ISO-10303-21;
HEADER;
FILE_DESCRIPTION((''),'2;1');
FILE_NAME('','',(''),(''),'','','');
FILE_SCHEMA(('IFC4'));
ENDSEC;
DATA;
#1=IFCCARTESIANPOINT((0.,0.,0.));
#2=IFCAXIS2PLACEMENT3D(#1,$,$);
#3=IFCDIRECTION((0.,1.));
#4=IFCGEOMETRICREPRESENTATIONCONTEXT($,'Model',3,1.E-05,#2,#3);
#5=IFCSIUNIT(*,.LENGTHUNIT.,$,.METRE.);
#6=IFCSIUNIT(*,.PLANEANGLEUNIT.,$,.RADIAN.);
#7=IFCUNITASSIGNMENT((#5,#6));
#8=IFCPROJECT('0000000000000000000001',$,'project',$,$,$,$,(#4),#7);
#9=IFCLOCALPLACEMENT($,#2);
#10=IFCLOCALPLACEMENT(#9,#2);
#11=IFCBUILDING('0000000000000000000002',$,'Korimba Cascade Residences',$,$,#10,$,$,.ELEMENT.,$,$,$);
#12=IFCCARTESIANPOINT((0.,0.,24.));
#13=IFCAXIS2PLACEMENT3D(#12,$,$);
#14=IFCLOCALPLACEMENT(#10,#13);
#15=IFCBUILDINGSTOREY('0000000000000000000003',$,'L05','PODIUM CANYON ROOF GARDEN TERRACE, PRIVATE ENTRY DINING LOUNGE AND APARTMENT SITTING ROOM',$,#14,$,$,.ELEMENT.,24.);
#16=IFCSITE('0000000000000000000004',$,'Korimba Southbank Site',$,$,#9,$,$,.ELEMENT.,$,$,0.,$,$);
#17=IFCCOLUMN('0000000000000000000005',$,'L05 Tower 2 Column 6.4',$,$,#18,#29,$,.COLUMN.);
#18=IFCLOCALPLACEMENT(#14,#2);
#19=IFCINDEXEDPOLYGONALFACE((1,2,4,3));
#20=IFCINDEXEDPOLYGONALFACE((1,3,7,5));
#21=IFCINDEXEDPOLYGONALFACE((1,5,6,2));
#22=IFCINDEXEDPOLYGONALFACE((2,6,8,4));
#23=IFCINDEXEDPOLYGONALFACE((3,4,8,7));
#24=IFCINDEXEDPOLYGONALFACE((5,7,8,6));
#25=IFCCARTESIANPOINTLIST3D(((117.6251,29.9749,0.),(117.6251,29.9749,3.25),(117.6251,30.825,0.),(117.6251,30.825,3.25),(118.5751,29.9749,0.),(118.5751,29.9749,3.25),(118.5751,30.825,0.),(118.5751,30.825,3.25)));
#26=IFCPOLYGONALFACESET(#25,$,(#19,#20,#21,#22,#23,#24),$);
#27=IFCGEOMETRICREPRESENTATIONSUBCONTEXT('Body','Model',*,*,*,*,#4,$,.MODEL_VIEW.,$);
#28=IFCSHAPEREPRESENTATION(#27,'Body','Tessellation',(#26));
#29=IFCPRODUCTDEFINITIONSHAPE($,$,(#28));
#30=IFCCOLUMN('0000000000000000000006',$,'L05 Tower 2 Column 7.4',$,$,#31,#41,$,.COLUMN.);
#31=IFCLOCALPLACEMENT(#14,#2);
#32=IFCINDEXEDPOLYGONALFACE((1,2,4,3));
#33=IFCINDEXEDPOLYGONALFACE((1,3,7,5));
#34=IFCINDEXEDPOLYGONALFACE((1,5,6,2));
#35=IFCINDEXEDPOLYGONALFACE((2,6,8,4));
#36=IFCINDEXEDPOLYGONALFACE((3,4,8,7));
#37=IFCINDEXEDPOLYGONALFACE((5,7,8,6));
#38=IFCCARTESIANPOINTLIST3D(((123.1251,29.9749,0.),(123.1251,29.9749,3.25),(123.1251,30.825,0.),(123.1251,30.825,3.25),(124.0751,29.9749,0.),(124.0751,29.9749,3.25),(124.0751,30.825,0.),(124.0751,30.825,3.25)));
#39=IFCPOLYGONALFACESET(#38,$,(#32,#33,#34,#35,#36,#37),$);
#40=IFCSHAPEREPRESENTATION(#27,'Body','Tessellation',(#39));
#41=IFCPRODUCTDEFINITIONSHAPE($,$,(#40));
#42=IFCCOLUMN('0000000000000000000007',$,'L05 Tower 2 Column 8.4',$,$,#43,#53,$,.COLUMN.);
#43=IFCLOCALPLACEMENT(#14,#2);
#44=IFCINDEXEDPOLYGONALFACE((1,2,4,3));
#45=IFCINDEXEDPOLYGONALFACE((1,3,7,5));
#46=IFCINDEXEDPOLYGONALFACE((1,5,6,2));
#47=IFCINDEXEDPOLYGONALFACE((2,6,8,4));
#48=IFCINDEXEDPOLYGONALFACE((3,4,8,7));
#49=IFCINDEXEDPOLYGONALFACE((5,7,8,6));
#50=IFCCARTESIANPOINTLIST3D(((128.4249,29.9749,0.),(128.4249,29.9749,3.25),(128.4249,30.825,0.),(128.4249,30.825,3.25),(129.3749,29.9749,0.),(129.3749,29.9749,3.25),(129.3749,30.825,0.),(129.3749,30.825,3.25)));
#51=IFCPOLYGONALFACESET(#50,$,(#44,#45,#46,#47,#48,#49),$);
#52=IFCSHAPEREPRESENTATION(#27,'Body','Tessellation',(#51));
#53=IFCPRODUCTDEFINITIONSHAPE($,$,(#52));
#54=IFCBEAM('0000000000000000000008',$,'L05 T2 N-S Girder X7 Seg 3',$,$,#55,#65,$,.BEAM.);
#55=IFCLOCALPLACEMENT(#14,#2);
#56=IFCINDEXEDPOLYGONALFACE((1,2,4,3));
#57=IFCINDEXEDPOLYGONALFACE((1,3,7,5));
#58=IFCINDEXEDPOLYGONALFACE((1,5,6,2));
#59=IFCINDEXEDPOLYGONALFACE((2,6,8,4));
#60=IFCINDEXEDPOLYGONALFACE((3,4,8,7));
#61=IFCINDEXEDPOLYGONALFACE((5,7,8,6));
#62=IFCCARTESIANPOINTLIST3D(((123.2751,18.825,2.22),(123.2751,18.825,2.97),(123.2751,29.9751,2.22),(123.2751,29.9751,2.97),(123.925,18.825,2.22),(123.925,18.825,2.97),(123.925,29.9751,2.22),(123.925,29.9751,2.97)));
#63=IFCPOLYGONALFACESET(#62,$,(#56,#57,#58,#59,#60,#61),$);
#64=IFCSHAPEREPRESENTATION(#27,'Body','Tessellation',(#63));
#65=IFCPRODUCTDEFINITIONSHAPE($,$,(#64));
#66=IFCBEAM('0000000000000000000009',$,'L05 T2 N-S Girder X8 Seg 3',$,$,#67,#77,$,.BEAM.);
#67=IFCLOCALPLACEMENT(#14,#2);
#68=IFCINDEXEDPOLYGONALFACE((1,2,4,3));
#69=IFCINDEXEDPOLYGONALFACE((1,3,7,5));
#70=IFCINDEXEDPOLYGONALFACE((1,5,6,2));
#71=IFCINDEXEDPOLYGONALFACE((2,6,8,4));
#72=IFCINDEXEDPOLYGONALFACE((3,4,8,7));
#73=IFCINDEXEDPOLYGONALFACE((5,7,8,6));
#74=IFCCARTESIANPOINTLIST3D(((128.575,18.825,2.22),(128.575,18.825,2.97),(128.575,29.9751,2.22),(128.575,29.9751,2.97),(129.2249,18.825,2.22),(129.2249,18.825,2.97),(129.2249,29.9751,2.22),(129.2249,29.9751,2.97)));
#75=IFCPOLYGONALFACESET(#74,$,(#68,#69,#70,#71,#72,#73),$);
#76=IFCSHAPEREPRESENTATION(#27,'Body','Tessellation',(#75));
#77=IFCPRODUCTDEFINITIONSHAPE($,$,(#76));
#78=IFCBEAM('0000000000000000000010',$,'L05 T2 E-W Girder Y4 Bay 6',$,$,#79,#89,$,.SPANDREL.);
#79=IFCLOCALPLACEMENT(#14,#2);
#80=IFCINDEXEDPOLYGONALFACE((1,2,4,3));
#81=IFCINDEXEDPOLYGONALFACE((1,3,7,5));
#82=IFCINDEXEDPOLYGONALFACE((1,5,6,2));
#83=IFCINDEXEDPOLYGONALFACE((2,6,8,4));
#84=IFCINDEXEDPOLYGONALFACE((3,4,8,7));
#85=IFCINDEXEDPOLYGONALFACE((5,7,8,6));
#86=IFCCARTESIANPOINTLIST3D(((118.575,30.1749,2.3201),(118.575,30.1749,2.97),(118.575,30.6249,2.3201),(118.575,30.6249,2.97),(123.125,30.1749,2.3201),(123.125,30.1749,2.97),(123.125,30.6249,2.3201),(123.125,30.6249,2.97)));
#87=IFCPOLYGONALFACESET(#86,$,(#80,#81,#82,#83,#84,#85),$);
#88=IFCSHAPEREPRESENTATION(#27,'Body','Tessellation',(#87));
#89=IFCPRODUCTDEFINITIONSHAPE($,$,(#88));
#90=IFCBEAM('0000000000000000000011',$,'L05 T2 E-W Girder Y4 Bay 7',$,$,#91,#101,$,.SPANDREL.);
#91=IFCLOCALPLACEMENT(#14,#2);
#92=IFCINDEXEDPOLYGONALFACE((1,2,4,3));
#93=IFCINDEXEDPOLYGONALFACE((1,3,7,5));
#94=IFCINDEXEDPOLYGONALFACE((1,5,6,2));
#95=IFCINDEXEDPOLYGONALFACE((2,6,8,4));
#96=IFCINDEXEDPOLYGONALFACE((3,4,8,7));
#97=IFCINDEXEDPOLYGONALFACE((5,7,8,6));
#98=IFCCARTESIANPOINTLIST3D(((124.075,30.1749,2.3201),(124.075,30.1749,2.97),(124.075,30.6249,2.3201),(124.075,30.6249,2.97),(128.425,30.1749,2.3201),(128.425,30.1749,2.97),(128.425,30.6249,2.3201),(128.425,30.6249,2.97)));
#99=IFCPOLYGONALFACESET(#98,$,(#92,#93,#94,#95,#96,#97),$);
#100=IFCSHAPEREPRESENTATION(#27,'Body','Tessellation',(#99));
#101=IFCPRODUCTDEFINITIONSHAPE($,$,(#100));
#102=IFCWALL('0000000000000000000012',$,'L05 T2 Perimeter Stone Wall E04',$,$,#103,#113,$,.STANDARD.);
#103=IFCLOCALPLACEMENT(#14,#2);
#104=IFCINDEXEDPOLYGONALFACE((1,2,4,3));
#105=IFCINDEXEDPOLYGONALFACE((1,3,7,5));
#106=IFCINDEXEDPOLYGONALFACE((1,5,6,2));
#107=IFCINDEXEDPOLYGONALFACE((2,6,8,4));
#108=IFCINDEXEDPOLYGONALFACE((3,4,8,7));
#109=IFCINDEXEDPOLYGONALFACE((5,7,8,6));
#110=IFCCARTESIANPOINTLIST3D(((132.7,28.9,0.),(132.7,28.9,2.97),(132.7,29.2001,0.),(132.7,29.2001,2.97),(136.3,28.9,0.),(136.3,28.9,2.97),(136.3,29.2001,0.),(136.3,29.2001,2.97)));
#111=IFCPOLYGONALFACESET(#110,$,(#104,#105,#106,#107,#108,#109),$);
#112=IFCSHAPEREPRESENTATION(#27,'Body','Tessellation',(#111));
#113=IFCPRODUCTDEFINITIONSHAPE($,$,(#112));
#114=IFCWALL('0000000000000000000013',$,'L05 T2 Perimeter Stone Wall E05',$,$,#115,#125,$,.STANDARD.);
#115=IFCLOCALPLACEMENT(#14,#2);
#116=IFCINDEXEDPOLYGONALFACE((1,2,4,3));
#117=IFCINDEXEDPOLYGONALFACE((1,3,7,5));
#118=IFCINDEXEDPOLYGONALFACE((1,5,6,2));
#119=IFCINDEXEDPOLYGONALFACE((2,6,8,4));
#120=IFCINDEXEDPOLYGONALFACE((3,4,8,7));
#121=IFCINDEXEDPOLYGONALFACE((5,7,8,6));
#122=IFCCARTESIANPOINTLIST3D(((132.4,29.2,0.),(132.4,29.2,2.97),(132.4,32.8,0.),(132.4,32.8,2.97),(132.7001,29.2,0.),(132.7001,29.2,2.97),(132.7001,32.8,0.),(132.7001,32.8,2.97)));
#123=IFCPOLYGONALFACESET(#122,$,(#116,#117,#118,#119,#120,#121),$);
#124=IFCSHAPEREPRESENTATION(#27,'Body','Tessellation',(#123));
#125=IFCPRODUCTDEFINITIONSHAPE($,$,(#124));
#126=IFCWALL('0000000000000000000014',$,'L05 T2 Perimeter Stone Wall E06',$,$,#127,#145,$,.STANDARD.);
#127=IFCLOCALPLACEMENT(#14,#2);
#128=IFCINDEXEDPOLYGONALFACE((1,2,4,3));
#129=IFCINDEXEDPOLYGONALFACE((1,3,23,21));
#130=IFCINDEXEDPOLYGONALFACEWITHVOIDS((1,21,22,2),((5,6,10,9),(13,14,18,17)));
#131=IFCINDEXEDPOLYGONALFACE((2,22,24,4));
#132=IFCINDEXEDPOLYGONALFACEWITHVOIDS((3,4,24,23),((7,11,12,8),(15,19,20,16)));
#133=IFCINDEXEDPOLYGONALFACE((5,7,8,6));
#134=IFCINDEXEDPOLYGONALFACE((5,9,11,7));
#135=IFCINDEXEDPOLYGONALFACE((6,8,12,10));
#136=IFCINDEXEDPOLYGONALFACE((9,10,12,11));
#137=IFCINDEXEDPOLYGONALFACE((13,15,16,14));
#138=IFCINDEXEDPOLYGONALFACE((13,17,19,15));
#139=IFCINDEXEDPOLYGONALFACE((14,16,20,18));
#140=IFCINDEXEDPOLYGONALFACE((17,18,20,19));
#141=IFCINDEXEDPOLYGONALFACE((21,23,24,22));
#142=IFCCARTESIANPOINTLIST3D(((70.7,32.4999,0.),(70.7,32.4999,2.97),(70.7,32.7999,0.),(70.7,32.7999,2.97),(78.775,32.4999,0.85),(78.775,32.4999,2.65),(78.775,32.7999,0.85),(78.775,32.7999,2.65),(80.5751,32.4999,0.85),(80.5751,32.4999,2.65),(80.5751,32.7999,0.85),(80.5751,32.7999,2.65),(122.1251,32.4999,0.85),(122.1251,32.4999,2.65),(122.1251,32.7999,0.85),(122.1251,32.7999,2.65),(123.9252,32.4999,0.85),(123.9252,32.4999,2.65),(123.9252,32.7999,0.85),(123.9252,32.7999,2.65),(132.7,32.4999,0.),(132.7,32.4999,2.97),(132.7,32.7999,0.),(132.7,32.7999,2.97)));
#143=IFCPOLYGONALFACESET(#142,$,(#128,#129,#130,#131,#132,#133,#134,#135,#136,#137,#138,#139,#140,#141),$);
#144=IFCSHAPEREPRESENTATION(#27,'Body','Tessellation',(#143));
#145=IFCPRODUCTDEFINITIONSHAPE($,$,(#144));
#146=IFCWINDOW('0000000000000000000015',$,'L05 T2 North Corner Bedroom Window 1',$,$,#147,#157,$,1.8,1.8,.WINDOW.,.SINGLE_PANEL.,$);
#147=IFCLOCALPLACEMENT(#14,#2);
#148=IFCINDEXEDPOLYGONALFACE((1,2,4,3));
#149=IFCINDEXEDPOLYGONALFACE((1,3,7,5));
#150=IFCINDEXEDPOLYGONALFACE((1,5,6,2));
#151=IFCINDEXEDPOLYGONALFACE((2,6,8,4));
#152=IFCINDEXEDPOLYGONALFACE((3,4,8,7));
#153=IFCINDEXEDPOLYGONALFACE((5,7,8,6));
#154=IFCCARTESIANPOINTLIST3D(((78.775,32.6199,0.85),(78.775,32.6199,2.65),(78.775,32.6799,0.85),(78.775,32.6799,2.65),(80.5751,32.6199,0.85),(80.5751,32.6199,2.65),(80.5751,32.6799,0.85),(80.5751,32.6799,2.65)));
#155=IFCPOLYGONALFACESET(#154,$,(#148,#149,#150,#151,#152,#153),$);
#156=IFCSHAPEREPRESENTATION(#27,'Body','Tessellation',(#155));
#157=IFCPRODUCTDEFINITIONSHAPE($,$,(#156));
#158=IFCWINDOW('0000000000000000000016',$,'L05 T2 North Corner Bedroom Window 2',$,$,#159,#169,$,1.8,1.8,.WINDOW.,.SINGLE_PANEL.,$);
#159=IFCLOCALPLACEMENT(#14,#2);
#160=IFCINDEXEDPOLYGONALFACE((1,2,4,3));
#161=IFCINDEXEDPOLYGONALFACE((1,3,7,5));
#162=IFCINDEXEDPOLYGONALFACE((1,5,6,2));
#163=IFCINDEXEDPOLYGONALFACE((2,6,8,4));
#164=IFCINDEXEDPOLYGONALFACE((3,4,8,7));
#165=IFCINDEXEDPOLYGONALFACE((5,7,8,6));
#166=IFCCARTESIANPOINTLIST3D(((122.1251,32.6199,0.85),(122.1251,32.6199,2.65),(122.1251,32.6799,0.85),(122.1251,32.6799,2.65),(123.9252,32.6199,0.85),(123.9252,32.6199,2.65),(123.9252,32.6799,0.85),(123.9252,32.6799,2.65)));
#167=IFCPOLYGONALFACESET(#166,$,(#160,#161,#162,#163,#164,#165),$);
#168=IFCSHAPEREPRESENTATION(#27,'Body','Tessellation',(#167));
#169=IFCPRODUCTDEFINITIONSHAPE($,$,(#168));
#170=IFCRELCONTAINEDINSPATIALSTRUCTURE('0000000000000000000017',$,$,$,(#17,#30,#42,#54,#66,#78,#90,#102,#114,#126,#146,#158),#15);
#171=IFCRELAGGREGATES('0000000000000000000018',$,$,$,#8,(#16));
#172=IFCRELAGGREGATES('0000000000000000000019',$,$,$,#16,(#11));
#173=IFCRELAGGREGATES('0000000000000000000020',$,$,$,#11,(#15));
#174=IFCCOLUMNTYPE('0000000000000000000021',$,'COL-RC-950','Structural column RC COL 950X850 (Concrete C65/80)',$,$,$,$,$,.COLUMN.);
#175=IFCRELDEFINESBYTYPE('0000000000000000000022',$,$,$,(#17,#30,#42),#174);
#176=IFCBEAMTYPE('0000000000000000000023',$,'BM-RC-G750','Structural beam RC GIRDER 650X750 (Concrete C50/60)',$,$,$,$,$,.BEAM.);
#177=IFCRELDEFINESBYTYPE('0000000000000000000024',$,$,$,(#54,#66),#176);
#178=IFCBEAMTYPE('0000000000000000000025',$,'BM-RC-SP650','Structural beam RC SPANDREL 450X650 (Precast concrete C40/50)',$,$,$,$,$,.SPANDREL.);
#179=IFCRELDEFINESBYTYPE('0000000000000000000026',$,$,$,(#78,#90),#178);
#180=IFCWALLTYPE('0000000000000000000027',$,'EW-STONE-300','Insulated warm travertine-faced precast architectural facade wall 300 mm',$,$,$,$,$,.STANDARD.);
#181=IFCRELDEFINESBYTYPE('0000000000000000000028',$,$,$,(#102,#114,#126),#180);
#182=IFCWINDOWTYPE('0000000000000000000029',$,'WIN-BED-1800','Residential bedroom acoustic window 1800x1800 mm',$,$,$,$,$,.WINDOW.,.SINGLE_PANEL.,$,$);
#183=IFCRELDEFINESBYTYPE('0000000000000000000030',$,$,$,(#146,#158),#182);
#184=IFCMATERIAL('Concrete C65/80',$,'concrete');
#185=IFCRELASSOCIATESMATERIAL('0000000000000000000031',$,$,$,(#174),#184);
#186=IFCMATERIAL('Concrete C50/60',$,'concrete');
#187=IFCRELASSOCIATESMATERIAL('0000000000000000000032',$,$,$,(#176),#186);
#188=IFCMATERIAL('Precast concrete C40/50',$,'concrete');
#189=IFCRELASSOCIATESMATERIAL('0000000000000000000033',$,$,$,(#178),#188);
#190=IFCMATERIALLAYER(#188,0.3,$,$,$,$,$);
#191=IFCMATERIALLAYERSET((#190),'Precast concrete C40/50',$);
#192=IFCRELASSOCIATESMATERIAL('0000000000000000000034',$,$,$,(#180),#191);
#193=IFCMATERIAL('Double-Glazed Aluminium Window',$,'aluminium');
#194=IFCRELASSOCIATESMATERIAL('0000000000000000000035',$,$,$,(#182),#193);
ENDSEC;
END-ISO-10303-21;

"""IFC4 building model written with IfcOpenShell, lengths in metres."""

from ifc_helpers import new_model, si_unit, direction, frame, frame_2d, origin, origin_2d, place, context, subcontext, project, spatial, rectangle, extrude, material, layer, layer_set, material_profile, profile_set, type_object, element, fill, save


model = new_model("IFC4")

# Units and contexts
model_context = context("Model", 3, precision=1e-05, world=origin(), true_north=direction((0.0, 1.0)))
body_context = subcontext(model_context, "Body", "Model", "MODEL_VIEW")
ifc_project = project(units=[si_unit("LENGTHUNIT", "METRE"), si_unit("PLANEANGLEUNIT", "RADIAN")], contexts=[model_context])

# Site, building, storey
site_placement = place(None, origin())
site = spatial("IfcSite", under=ifc_project, at=site_placement, Name="Korimba Southbank Site", CompositionType="ELEMENT", RefElevation=0.0)
building_placement = place(site_placement, origin())
building = spatial("IfcBuilding", under=site, at=building_placement, Name="Korimba Cascade Residences", CompositionType="ELEMENT")
storey_placement = place(building_placement, frame((0.0, 0.0, 24.0)))
storey = spatial("IfcBuildingStorey", under=building, at=storey_placement, Name="L05", Description="PODIUM CANYON ROOF GARDEN TERRACE, PRIVATE ENTRY DINING LOUNGE AND APARTMENT SITTING ROOM", CompositionType="ELEMENT", Elevation=24.0)

# Columns
ifc_material_1 = material(Name="Concrete C65/80", Category="concrete")
ifc_material_profile_1 = material_profile(ifc_material_1, rectangle(XDim=0.95, YDim=0.8501, at=origin_2d()), Name="Concrete C65/80")
ifc_profile_set_1 = profile_set([ifc_material_profile_1], Name="Concrete C65/80")
column_type = type_object("IfcColumnType", Name="COL-RC-950", Description="Structural column RC COL 950X850 (Concrete C65/80)", PredefinedType="COLUMN", material=ifc_profile_set_1)
for number, where, z_axis, x_axis, name in (
    (1, (118.1001, 30.3999, 0.0), (0.0, 0.0, 1.0), (1.0, 0.0, 0.0), "L05 Tower 2 Column 6.4"),
    (2, (123.6001, 30.3999, 0.0), (0.0, 0.0, 1.0), (1.0, 0.0, 0.0), "L05 Tower 2 Column 7.4"),
    (3, (128.8999, 30.3999, 0.0), (0.0, 0.0, 1.0), (1.0, 0.0, 0.0), "L05 Tower 2 Column 8.4"),
):
    element("IfcColumn", number, at=place(storey_placement, frame(where, z_axis=z_axis, x_axis=x_axis)), inside=storey, type_object=column_type, Name=name, PredefinedType="COLUMN", context=body_context, shape_type="SweptSolid", body=[
        extrude(rectangle(XDim=0.95, YDim=0.8501, at=origin_2d()), origin(), (0.0, 0.0, 1.0), 3.25),
    ])

# Beams
ifc_material_2 = material(Name="Concrete C50/60", Category="concrete")
ifc_material_profile_2 = material_profile(ifc_material_2, rectangle(XDim=0.6499, YDim=0.75, at=origin_2d()), Name="Concrete C50/60")
ifc_profile_set_2 = profile_set([ifc_material_profile_2], Name="Concrete C50/60")
beam_type_1 = type_object("IfcBeamType", Name="BM-RC-G750", Description="Structural beam RC GIRDER 650X750 (Concrete C50/60)", PredefinedType="BEAM", material=ifc_profile_set_2)
for number, where, z_axis, x_axis, name in (
    (4, (123.6001, 18.825, 2.595), (0.0, 1.0, 0.0), (-1.0, 0.0, 0.0), "L05 T2 N-S Girder X7 Seg 3"),
    (5, (128.8999, 18.825, 2.595), (0.0, 1.0, 0.0), (-1.0, 0.0, 0.0), "L05 T2 N-S Girder X8 Seg 3"),
):
    element("IfcBeam", number, at=place(storey_placement, frame(where, z_axis=z_axis, x_axis=x_axis)), inside=storey, type_object=beam_type_1, Name=name, PredefinedType="BEAM", context=body_context, shape_type="SweptSolid", body=[
        extrude(rectangle(XDim=0.6499, YDim=0.75, at=origin_2d()), origin(), (0.0, 0.0, 1.0), 11.1501),
    ])
ifc_material_3 = material(Name="Precast concrete C40/50", Category="concrete")
ifc_material_profile_3 = material_profile(ifc_material_3, rectangle(XDim=0.45, YDim=0.6499, at=origin_2d()), Name="Precast concrete C40/50")
ifc_profile_set_3 = profile_set([ifc_material_profile_3], Name="Precast concrete C40/50")
beam_type_2 = type_object("IfcBeamType", Name="BM-RC-SP650", Description="Structural beam RC SPANDREL 450X650 (Precast concrete C40/50)", PredefinedType="SPANDREL", material=ifc_profile_set_3)
beam_1_placement = place(storey_placement, frame((118.575, 30.3999, 2.645), z_axis=(1.0, 0.0, 0.0), x_axis=(0.0, 1.0, 0.0)))
element("IfcBeam", 6, at=beam_1_placement, inside=storey, type_object=beam_type_2, Name="L05 T2 E-W Girder Y4 Bay 6", PredefinedType="SPANDREL", context=body_context, shape_type="SweptSolid", body=[
    extrude(rectangle(XDim=0.45, YDim=0.6499, at=origin_2d()), origin(), (0.0, 0.0, 1.0), 4.55),
])
beam_2_placement = place(storey_placement, frame((124.075, 30.3999, 2.645), z_axis=(1.0, 0.0, 0.0), x_axis=(0.0, 1.0, 0.0)))
element("IfcBeam", 7, at=beam_2_placement, inside=storey, type_object=beam_type_2, Name="L05 T2 E-W Girder Y4 Bay 7", PredefinedType="SPANDREL", context=body_context, shape_type="SweptSolid", body=[
    extrude(rectangle(XDim=0.45, YDim=0.6499, at=origin_2d()), origin(), (0.0, 0.0, 1.0), 4.3501),
])

# Walls
ifc_layer_1 = layer(ifc_material_3, 0.3)
ifc_layer_set_1 = layer_set([ifc_layer_1], Name="Precast concrete C40/50")
wall_type_1 = type_object("IfcWallType", Name="EW-STONE-300", Description="Insulated warm travertine-faced precast architectural facade wall 300 mm", PredefinedType="STANDARD", material=ifc_layer_set_1)
for number, where, z_axis, x_axis, name in (
    (8, (136.3, 29.05, 0.0), (0.0, 0.0, 1.0), (-1.0, 0.0, 0.0), "L05 T2 Perimeter Stone Wall E04"),
    (9, (132.55, 29.2, 0.0), (0.0, 0.0, 1.0), (0.0, 1.0, 0.0), "L05 T2 Perimeter Stone Wall E05"),
):
    element("IfcWall", number, at=place(storey_placement, frame(where, z_axis=z_axis, x_axis=x_axis)), inside=storey, type_object=wall_type_1, Name=name, PredefinedType="STANDARD", context=body_context, shape_type="SweptSolid", body=[
        extrude(rectangle(XDim=3.6001, YDim=0.3, at=frame_2d((1.8, 0.0))), origin(), (0.0, 0.0, 1.0), 2.97),
    ])

# Wall, openings, windows
wall_1_placement = place(storey_placement, frame((132.7, 32.6499, 0.0), z_axis=(0.0, 0.0, 1.0), x_axis=(-1.0, 0.0, 0.0)))
wall_1 = element("IfcWall", 10, at=wall_1_placement, inside=storey, type_object=wall_type_1, Name="L05 T2 Perimeter Stone Wall E06", PredefinedType="STANDARD", context=body_context, shape_type="SweptSolid", body=[
    extrude(rectangle(XDim=62.0, YDim=0.3, at=frame_2d((31.0, 0.0))), origin(), (0.0, 0.0, 1.0), 2.97),
])
opening_1_placement = place(wall_1_placement, frame((52.125, 0.0, 0.8501)))
opening_1 = element("IfcOpeningElement", 11, at=opening_1_placement, cuts=wall_1, PredefinedType="OPENING", context=body_context, shape_type="SweptSolid", body=[
    extrude(rectangle(XDim=1.8, YDim=1.8, at=frame_2d((0.8999, 0.8999))), frame((0.0, 0.1602, 0.0), z_axis=(0.0, -1.0, 0.0), x_axis=(1.0, 0.0, 0.0)), (0.0, 0.0, 1.0), 0.3201),
])
opening_2_placement = place(wall_1_placement, frame((8.7749, 0.0, 0.8501)))
opening_2 = element("IfcOpeningElement", 12, at=opening_2_placement, cuts=wall_1, PredefinedType="OPENING", context=body_context, shape_type="SweptSolid", body=[
    extrude(rectangle(XDim=1.8, YDim=1.8, at=frame_2d((0.8999, 0.8999))), frame((0.0, 0.1602, 0.0), z_axis=(0.0, -1.0, 0.0), x_axis=(1.0, 0.0, 0.0)), (0.0, 0.0, 1.0), 0.3201),
])
ifc_material_4 = material(Name="Double-Glazed Aluminium Window", Category="aluminium")
window_type = type_object("IfcWindowType", Name="WIN-BED-1800", Description="Residential bedroom acoustic window 1800x1800 mm", PartitioningType="SINGLE_PANEL", PredefinedType="WINDOW", material=ifc_material_4)
window_1_placement = place(opening_1_placement, origin())
window_1 = element("IfcWindow", 13, at=window_1_placement, inside=storey, type_object=window_type, Name="L05 T2 North Corner Bedroom Window 1", OverallHeight=1.8, OverallWidth=1.8, PartitioningType="SINGLE_PANEL", PredefinedType="WINDOW", context=body_context, shape_type="SweptSolid", body=[
    extrude(rectangle(XDim=1.8, YDim=1.8, at=frame_2d((0.8999, 0.8999))), frame((0.0, 0.03, 0.0), z_axis=(0.0, -1.0, 0.0), x_axis=(1.0, 0.0, 0.0)), (0.0, 0.0, 1.0), 0.0601),
])
fill(opening_1, window_1)
window_2_placement = place(opening_2_placement, origin())
window_2 = element("IfcWindow", 14, at=window_2_placement, inside=storey, type_object=window_type, Name="L05 T2 North Corner Bedroom Window 2", OverallHeight=1.8, OverallWidth=1.8, PartitioningType="SINGLE_PANEL", PredefinedType="WINDOW", context=body_context, shape_type="SweptSolid", body=[
    extrude(rectangle(XDim=1.8, YDim=1.8, at=frame_2d((0.8999, 0.8999))), frame((0.0, 0.03, 0.0), z_axis=(0.0, -1.0, 0.0), x_axis=(1.0, 0.0, 0.0)), (0.0, 0.0, 1.0), 0.0601),
])
fill(opening_2, window_2)

save(model, "model.ifc")
